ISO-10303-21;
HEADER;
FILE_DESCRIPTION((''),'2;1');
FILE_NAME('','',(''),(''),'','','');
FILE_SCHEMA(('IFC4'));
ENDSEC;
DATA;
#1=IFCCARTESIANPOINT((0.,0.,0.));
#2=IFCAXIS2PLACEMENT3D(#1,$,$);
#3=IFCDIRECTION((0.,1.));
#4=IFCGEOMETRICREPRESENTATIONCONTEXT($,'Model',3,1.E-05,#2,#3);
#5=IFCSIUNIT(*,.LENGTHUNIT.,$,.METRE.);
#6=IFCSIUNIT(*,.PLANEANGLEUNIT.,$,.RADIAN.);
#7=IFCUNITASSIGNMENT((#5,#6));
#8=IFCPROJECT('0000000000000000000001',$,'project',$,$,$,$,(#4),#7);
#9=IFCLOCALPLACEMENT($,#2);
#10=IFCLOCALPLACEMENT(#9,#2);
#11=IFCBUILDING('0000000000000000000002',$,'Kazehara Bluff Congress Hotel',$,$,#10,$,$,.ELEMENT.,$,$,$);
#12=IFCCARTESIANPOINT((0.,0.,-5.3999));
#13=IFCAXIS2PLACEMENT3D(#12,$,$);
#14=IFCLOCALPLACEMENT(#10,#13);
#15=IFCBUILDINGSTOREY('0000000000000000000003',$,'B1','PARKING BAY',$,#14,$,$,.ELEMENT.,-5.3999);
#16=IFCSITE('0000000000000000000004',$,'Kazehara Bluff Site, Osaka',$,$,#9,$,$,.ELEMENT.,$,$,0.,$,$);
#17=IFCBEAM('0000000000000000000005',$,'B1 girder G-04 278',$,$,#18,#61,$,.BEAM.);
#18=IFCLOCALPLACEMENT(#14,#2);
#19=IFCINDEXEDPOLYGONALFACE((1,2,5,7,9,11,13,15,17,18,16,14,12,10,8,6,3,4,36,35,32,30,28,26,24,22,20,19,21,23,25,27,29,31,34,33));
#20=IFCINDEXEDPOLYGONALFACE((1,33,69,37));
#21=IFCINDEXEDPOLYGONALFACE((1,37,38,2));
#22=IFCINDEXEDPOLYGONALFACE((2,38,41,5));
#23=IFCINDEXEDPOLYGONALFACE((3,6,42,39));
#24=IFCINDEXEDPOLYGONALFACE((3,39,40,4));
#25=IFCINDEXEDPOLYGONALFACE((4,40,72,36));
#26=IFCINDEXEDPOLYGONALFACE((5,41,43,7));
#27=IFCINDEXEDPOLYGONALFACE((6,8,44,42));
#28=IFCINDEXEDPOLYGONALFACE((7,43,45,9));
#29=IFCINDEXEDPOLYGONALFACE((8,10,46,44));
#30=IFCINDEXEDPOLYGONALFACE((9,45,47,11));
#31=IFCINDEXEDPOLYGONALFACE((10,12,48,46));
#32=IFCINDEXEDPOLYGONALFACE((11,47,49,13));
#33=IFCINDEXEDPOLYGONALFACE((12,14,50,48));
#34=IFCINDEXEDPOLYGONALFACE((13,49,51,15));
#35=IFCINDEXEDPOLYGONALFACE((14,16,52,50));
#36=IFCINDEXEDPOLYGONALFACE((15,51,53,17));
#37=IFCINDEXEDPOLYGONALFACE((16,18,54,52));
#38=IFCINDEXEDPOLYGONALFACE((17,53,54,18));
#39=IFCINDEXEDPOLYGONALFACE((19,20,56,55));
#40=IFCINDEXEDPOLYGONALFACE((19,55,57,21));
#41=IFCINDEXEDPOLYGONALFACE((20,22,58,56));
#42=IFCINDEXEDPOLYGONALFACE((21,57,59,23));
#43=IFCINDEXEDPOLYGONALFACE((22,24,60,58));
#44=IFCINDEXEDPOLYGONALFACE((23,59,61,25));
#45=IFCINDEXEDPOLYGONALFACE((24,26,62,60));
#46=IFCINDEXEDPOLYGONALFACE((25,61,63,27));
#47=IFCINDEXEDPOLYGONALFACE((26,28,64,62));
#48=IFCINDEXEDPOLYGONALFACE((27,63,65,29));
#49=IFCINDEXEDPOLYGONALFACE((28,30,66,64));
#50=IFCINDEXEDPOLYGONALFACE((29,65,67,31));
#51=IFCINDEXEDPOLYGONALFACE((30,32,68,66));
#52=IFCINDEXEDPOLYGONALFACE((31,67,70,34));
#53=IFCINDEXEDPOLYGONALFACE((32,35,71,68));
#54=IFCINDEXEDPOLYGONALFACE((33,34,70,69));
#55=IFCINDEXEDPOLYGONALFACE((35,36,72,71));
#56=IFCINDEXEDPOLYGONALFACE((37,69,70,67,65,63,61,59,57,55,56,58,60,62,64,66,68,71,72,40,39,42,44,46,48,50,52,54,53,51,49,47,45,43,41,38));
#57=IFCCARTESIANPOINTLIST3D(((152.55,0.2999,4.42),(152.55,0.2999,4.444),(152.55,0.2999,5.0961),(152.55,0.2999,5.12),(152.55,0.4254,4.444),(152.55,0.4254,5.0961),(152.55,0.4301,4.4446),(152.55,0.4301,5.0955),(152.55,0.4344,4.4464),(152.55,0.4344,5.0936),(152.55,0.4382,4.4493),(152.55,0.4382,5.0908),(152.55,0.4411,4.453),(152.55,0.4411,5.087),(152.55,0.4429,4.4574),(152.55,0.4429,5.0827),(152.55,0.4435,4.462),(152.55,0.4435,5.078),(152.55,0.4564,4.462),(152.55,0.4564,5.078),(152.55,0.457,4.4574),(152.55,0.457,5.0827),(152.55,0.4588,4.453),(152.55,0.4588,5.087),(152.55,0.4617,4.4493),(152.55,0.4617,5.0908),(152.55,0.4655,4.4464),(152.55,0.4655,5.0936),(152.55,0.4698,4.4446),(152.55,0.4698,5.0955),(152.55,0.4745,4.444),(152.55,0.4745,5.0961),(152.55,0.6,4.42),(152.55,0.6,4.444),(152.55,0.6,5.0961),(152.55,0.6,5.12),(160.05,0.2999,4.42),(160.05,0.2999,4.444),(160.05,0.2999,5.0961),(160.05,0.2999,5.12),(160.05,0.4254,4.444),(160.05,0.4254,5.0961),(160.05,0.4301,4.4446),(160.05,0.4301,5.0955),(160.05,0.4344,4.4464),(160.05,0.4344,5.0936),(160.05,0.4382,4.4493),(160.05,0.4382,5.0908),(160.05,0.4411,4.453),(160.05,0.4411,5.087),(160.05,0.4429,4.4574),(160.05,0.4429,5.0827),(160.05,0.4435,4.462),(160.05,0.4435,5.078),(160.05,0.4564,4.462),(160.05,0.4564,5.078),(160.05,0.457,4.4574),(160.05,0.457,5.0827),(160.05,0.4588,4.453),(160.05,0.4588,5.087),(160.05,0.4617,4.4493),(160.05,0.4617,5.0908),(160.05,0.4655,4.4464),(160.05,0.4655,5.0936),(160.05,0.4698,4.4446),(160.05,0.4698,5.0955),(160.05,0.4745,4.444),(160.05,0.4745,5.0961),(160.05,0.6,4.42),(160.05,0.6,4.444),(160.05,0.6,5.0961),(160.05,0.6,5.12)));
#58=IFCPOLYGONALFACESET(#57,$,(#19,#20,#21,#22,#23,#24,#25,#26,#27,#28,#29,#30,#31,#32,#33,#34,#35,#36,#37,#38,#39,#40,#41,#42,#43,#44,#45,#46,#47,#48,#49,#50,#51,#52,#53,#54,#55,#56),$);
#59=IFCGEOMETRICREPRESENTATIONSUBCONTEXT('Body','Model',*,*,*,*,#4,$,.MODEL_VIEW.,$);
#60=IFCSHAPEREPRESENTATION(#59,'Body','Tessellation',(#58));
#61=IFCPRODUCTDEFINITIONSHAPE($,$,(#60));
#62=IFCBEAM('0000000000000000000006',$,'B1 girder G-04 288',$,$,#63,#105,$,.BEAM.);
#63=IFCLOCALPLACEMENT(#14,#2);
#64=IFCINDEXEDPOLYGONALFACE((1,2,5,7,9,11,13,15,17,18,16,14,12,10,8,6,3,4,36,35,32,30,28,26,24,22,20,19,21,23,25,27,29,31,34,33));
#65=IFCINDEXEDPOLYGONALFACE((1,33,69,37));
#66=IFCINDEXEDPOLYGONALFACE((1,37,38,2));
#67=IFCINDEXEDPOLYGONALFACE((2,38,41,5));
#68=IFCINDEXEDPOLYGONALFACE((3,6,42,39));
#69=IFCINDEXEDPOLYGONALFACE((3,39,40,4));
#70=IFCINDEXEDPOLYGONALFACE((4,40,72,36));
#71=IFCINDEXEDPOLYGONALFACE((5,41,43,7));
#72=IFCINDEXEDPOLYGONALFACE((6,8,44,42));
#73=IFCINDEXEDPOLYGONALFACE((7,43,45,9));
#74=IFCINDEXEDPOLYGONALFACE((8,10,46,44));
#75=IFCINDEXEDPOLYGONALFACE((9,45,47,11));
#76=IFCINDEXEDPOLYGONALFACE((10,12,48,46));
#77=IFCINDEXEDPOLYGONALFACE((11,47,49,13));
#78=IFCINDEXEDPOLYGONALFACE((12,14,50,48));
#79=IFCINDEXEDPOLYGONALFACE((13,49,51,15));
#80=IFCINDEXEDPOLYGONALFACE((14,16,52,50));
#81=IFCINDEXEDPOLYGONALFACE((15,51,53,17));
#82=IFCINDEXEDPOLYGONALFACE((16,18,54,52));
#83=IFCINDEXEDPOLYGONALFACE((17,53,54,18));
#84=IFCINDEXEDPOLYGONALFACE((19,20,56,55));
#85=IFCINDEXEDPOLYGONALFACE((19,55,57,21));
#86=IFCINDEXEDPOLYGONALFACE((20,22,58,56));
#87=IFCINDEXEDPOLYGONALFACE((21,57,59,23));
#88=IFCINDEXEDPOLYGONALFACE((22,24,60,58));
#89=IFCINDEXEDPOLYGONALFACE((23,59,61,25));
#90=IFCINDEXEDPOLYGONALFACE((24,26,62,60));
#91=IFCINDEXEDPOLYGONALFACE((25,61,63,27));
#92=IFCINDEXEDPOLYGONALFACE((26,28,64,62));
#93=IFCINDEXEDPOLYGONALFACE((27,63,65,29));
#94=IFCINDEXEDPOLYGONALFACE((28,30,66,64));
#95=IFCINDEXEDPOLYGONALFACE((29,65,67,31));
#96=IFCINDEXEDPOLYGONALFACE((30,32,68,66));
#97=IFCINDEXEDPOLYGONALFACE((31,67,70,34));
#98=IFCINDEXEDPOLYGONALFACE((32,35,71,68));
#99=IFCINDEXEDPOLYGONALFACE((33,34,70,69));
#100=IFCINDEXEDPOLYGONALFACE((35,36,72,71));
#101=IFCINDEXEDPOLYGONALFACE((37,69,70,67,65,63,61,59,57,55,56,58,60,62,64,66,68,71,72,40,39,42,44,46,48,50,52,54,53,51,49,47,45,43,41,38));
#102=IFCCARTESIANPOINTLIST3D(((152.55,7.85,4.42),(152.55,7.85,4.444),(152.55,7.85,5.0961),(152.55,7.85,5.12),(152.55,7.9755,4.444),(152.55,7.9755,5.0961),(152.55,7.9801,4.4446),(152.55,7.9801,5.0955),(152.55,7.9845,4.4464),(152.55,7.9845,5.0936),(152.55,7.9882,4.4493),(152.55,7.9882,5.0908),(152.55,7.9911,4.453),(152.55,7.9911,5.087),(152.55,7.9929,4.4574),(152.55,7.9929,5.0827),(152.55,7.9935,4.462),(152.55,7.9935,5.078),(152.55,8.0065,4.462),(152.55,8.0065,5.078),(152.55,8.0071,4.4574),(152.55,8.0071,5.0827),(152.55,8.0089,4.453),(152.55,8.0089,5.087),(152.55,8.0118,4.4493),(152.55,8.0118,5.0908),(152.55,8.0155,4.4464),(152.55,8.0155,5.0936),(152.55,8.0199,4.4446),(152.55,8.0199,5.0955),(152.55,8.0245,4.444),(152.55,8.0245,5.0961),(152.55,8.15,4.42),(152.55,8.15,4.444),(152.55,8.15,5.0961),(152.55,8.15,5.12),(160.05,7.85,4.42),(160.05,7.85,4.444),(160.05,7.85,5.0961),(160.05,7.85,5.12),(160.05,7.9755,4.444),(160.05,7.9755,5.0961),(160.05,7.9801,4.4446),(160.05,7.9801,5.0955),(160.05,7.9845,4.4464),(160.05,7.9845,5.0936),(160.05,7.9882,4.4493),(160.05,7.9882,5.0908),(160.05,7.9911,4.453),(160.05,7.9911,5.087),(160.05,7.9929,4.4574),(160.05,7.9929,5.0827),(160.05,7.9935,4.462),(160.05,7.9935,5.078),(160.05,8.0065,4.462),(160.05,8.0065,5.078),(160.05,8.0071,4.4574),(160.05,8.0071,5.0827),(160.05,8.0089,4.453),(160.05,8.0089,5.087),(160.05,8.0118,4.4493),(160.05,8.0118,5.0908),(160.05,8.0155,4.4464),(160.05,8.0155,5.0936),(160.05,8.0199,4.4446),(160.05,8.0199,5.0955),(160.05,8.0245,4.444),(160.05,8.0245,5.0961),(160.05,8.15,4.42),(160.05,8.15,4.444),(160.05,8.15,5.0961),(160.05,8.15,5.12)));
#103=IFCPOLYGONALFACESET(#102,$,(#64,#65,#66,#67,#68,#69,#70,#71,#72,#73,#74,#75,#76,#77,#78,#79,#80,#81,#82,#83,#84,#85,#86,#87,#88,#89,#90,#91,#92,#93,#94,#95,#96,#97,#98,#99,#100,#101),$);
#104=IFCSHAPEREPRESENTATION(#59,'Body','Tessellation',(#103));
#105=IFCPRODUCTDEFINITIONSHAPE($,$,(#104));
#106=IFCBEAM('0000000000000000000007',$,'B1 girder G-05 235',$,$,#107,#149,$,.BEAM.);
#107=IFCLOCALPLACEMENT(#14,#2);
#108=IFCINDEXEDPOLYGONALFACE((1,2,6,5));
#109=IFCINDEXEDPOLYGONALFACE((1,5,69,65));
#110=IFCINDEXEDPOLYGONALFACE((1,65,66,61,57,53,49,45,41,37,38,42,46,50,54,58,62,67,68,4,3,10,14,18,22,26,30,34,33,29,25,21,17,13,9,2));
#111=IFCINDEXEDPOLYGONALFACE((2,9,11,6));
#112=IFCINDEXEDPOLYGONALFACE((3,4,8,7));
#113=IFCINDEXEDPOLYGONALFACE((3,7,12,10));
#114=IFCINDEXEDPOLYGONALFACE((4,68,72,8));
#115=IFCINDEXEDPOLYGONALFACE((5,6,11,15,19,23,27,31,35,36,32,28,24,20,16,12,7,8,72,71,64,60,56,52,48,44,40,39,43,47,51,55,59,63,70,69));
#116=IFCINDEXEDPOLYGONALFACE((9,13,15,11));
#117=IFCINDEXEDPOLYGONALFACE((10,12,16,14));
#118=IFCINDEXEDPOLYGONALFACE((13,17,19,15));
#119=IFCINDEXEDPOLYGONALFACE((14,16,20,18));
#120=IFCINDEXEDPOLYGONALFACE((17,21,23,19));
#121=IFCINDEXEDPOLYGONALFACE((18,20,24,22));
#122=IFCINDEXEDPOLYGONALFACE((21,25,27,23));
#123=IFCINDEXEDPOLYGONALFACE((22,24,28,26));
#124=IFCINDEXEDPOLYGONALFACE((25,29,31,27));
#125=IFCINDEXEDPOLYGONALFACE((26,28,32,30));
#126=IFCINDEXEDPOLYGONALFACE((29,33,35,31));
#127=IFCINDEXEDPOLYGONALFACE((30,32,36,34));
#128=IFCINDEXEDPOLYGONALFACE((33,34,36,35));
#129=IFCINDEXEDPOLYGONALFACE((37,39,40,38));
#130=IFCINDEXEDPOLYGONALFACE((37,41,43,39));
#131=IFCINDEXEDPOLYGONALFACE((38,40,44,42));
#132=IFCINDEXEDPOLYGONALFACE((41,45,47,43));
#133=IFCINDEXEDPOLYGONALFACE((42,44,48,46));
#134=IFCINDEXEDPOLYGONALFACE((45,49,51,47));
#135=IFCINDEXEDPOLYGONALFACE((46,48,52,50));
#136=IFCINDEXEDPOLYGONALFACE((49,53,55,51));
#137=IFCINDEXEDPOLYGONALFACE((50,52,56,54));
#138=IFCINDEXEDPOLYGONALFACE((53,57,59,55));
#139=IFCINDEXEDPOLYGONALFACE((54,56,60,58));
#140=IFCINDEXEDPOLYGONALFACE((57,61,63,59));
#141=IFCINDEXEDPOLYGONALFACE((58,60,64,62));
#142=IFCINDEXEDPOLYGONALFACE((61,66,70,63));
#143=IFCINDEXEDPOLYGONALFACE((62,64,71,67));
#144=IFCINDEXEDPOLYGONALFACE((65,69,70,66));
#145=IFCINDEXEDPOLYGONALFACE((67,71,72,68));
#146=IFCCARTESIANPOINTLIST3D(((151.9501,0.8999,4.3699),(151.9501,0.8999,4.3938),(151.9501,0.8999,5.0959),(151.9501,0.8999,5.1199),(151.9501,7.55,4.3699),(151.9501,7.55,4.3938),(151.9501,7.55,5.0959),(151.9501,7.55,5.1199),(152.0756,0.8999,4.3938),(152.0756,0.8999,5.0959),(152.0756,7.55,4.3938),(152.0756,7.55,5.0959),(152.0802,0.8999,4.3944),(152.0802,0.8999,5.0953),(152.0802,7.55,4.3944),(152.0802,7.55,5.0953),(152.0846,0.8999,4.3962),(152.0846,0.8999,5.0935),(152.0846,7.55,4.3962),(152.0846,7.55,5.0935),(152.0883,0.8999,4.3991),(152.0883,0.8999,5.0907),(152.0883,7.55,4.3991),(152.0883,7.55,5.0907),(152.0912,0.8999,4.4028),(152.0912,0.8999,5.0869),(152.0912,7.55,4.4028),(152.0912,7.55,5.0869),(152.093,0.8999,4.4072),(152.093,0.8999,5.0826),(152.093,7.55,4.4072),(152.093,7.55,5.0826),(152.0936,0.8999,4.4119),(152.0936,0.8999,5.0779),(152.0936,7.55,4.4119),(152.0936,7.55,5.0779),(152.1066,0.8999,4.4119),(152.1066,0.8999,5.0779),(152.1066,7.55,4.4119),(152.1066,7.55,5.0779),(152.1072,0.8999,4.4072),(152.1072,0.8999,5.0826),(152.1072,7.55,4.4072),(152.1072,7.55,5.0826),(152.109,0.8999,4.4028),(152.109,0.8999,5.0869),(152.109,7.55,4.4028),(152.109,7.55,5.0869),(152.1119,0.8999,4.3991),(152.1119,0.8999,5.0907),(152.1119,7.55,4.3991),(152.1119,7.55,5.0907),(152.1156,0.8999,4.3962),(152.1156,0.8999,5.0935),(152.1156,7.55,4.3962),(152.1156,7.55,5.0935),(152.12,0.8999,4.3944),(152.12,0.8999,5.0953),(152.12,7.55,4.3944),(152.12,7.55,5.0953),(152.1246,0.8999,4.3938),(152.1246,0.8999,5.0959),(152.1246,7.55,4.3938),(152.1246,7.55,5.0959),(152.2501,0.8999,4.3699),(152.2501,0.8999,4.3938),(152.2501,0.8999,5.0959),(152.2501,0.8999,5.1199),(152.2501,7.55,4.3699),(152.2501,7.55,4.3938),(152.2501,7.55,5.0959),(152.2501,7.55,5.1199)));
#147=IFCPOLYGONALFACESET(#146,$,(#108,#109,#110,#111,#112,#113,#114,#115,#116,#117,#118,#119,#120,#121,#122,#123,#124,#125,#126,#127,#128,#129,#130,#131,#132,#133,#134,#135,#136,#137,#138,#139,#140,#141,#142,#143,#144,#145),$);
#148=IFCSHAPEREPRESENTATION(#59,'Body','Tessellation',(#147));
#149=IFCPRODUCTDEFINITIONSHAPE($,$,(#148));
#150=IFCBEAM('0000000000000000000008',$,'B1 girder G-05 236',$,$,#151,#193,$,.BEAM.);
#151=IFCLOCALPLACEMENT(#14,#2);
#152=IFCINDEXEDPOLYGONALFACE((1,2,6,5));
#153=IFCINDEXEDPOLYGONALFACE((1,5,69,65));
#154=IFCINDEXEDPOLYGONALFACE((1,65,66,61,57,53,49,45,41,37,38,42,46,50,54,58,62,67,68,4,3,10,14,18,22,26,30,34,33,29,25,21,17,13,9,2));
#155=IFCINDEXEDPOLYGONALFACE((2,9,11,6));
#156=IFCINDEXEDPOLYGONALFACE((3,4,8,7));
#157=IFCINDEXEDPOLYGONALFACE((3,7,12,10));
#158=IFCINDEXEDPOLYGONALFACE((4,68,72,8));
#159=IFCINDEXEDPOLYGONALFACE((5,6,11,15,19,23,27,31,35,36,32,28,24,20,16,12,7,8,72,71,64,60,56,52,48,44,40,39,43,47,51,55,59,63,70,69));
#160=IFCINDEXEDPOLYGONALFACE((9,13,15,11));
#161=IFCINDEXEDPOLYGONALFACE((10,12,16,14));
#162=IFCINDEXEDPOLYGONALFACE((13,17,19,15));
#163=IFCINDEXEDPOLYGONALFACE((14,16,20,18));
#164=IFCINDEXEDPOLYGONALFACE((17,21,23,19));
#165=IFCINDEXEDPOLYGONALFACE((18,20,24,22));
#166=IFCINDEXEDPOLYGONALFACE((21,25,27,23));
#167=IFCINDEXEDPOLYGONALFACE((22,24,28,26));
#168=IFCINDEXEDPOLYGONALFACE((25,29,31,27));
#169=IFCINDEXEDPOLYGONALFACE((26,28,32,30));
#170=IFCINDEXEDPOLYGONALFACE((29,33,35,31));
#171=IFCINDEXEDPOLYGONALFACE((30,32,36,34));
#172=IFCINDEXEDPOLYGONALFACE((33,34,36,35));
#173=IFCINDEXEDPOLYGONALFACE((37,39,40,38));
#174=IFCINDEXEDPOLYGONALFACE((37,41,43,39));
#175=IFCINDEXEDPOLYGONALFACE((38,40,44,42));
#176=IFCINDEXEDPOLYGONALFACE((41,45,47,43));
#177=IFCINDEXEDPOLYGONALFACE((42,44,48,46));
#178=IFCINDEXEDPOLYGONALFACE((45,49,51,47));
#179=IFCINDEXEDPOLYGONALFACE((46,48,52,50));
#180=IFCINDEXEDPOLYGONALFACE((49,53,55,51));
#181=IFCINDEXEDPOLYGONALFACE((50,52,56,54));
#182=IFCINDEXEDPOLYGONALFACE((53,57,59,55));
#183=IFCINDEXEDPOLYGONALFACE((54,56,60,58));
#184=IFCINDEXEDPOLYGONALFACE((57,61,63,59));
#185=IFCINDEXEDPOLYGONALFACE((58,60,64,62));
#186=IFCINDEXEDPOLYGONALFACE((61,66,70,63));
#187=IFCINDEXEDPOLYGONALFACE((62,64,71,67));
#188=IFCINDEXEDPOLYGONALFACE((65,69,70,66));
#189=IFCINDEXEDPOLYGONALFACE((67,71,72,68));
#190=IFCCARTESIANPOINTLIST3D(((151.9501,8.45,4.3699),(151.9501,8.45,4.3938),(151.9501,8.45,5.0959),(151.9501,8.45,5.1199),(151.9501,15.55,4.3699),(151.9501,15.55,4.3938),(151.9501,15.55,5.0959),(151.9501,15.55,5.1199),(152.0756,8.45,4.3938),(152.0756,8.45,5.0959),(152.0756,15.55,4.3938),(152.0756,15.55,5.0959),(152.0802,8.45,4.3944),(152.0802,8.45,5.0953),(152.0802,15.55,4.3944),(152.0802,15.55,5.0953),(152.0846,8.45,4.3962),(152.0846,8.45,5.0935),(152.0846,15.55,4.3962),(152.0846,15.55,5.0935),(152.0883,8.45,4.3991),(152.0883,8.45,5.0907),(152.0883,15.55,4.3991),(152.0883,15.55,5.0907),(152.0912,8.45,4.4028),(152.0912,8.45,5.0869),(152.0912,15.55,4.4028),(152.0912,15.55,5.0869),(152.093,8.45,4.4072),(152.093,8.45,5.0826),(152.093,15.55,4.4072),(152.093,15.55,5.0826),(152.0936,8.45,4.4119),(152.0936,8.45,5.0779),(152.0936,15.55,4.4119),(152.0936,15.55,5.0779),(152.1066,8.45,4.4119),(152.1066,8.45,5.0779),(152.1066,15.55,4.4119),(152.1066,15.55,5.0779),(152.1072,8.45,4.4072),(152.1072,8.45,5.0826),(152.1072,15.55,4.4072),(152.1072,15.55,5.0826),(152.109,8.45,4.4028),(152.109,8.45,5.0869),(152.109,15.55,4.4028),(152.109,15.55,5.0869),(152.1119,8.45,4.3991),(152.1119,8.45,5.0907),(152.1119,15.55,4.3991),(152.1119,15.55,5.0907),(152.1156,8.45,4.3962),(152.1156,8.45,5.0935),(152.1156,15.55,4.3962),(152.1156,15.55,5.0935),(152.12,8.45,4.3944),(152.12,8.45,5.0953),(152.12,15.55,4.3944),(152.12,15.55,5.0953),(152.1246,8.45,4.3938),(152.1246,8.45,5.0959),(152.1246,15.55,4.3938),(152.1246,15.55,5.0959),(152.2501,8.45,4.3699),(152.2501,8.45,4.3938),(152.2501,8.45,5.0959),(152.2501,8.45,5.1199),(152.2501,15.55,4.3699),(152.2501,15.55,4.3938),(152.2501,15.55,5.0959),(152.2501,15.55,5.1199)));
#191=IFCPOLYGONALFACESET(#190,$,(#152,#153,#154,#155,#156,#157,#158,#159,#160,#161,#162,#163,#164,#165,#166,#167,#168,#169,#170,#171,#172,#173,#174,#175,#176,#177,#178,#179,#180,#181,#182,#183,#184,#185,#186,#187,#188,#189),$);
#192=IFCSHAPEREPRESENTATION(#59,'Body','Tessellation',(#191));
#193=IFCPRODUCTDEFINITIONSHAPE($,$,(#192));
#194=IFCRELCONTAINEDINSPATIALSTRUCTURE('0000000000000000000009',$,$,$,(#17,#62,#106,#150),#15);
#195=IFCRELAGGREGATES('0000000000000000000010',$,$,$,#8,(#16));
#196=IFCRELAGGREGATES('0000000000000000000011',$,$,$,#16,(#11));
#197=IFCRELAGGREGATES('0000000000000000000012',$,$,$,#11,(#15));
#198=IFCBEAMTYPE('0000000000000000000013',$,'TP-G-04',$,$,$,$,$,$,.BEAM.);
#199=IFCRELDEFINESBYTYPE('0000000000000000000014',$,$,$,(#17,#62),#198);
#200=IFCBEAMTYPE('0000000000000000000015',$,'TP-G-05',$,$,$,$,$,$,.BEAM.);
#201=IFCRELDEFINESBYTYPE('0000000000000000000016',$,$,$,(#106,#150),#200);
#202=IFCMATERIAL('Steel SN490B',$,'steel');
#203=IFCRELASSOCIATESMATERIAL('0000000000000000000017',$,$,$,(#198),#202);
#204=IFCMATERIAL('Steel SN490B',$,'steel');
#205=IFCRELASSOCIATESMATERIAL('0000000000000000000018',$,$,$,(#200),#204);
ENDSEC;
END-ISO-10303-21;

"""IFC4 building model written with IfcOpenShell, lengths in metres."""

from ifc_helpers import new_model, si_unit, direction, frame, origin, origin_2d, place, context, subcontext, project, spatial, i_section, extrude, material, material_profile, profile_set, type_object, element, save


model = new_model("IFC4")

# Units and contexts
model_context = context("Model", 3, precision=1e-05, world=origin(), true_north=direction((0.0, 1.0)))
body_context = subcontext(model_context, "Body", "Model", "MODEL_VIEW")
ifc_project = project(units=[si_unit("LENGTHUNIT", "METRE"), si_unit("PLANEANGLEUNIT", "RADIAN")], contexts=[model_context])

# Site, building, storey
site_placement = place(None, origin())
site = spatial("IfcSite", under=ifc_project, at=site_placement, Name="Kazehara Bluff Site, Osaka", CompositionType="ELEMENT", RefElevation=0.0)
building_placement = place(site_placement, origin())
building = spatial("IfcBuilding", under=site, at=building_placement, Name="Kazehara Bluff Congress Hotel", CompositionType="ELEMENT")
storey_placement = place(building_placement, frame((0.0, 0.0, -5.3999)))
storey = spatial("IfcBuildingStorey", under=building, at=storey_placement, Name="B1", Description="PARKING BAY", CompositionType="ELEMENT", Elevation=-5.3999)

# Beams
ifc_material_1 = material(Name="Steel SN490B", Category="steel")
ifc_material_profile_1 = material_profile(ifc_material_1, i_section(OverallWidth=0.3, OverallDepth=0.7, WebThickness=0.0129, FlangeThickness=0.0239, FilletRadius=0.0181, at=origin_2d()))
ifc_profile_set_1 = profile_set([ifc_material_profile_1], Name="Steel SN490B")
beam_type_1 = type_object("IfcBeamType", Name="TP-G-04", PredefinedType="BEAM", material=ifc_profile_set_1)
for number, where, z_axis, x_axis, name in (
    (1, (152.55, 0.45, 4.77), (1.0, 0.0, 0.0), (0.0, 1.0, 0.0), "B1 girder G-04 278"),
    (2, (152.55, 8.0, 4.77), (1.0, 0.0, 0.0), (0.0, 1.0, 0.0), "B1 girder G-04 288"),
):
    element("IfcBeam", number, at=place(storey_placement, frame(where, z_axis=z_axis, x_axis=x_axis)), inside=storey, type_object=beam_type_1, Name=name, PredefinedType="BEAM", context=body_context, shape_type="SweptSolid", body=[
        extrude(i_section(OverallWidth=0.3, OverallDepth=0.7, WebThickness=0.0129, FlangeThickness=0.0239, FilletRadius=0.0181, at=origin_2d()), origin(), (0.0, 0.0, 1.0), 7.5),
    ])
ifc_material_2 = material(Name="Steel SN490B", Category="steel")
ifc_material_profile_2 = material_profile(ifc_material_2, i_section(OverallWidth=0.3, OverallDepth=0.75, WebThickness=0.0129, FlangeThickness=0.0239, FilletRadius=0.0181, at=origin_2d()))
ifc_profile_set_2 = profile_set([ifc_material_profile_2], Name="Steel SN490B")
beam_type_2 = type_object("IfcBeamType", Name="TP-G-05", PredefinedType="BEAM", material=ifc_profile_set_2)
beam_1_placement = place(storey_placement, frame((152.1001, 0.8999, 4.7449), z_axis=(0.0, 1.0, 0.0), x_axis=(-1.0, 0.0, 0.0)))
element("IfcBeam", 3, at=beam_1_placement, inside=storey, type_object=beam_type_2, Name="B1 girder G-05 235", PredefinedType="BEAM", context=body_context, shape_type="SweptSolid", body=[
    extrude(i_section(OverallWidth=0.3, OverallDepth=0.75, WebThickness=0.0129, FlangeThickness=0.0239, FilletRadius=0.0181, at=origin_2d()), origin(), (0.0, 0.0, 1.0), 6.6501),
])
beam_2_placement = place(storey_placement, frame((152.1001, 8.45, 4.7449), z_axis=(0.0, 1.0, 0.0), x_axis=(-1.0, 0.0, 0.0)))
element("IfcBeam", 4, at=beam_2_placement, inside=storey, type_object=beam_type_2, Name="B1 girder G-05 236", PredefinedType="BEAM", context=body_context, shape_type="SweptSolid", body=[
    extrude(i_section(OverallWidth=0.3, OverallDepth=0.75, WebThickness=0.0129, FlangeThickness=0.0239, FilletRadius=0.0181, at=origin_2d()), origin(), (0.0, 0.0, 1.0), 7.1001),
])

save(model, "model.ifc")
